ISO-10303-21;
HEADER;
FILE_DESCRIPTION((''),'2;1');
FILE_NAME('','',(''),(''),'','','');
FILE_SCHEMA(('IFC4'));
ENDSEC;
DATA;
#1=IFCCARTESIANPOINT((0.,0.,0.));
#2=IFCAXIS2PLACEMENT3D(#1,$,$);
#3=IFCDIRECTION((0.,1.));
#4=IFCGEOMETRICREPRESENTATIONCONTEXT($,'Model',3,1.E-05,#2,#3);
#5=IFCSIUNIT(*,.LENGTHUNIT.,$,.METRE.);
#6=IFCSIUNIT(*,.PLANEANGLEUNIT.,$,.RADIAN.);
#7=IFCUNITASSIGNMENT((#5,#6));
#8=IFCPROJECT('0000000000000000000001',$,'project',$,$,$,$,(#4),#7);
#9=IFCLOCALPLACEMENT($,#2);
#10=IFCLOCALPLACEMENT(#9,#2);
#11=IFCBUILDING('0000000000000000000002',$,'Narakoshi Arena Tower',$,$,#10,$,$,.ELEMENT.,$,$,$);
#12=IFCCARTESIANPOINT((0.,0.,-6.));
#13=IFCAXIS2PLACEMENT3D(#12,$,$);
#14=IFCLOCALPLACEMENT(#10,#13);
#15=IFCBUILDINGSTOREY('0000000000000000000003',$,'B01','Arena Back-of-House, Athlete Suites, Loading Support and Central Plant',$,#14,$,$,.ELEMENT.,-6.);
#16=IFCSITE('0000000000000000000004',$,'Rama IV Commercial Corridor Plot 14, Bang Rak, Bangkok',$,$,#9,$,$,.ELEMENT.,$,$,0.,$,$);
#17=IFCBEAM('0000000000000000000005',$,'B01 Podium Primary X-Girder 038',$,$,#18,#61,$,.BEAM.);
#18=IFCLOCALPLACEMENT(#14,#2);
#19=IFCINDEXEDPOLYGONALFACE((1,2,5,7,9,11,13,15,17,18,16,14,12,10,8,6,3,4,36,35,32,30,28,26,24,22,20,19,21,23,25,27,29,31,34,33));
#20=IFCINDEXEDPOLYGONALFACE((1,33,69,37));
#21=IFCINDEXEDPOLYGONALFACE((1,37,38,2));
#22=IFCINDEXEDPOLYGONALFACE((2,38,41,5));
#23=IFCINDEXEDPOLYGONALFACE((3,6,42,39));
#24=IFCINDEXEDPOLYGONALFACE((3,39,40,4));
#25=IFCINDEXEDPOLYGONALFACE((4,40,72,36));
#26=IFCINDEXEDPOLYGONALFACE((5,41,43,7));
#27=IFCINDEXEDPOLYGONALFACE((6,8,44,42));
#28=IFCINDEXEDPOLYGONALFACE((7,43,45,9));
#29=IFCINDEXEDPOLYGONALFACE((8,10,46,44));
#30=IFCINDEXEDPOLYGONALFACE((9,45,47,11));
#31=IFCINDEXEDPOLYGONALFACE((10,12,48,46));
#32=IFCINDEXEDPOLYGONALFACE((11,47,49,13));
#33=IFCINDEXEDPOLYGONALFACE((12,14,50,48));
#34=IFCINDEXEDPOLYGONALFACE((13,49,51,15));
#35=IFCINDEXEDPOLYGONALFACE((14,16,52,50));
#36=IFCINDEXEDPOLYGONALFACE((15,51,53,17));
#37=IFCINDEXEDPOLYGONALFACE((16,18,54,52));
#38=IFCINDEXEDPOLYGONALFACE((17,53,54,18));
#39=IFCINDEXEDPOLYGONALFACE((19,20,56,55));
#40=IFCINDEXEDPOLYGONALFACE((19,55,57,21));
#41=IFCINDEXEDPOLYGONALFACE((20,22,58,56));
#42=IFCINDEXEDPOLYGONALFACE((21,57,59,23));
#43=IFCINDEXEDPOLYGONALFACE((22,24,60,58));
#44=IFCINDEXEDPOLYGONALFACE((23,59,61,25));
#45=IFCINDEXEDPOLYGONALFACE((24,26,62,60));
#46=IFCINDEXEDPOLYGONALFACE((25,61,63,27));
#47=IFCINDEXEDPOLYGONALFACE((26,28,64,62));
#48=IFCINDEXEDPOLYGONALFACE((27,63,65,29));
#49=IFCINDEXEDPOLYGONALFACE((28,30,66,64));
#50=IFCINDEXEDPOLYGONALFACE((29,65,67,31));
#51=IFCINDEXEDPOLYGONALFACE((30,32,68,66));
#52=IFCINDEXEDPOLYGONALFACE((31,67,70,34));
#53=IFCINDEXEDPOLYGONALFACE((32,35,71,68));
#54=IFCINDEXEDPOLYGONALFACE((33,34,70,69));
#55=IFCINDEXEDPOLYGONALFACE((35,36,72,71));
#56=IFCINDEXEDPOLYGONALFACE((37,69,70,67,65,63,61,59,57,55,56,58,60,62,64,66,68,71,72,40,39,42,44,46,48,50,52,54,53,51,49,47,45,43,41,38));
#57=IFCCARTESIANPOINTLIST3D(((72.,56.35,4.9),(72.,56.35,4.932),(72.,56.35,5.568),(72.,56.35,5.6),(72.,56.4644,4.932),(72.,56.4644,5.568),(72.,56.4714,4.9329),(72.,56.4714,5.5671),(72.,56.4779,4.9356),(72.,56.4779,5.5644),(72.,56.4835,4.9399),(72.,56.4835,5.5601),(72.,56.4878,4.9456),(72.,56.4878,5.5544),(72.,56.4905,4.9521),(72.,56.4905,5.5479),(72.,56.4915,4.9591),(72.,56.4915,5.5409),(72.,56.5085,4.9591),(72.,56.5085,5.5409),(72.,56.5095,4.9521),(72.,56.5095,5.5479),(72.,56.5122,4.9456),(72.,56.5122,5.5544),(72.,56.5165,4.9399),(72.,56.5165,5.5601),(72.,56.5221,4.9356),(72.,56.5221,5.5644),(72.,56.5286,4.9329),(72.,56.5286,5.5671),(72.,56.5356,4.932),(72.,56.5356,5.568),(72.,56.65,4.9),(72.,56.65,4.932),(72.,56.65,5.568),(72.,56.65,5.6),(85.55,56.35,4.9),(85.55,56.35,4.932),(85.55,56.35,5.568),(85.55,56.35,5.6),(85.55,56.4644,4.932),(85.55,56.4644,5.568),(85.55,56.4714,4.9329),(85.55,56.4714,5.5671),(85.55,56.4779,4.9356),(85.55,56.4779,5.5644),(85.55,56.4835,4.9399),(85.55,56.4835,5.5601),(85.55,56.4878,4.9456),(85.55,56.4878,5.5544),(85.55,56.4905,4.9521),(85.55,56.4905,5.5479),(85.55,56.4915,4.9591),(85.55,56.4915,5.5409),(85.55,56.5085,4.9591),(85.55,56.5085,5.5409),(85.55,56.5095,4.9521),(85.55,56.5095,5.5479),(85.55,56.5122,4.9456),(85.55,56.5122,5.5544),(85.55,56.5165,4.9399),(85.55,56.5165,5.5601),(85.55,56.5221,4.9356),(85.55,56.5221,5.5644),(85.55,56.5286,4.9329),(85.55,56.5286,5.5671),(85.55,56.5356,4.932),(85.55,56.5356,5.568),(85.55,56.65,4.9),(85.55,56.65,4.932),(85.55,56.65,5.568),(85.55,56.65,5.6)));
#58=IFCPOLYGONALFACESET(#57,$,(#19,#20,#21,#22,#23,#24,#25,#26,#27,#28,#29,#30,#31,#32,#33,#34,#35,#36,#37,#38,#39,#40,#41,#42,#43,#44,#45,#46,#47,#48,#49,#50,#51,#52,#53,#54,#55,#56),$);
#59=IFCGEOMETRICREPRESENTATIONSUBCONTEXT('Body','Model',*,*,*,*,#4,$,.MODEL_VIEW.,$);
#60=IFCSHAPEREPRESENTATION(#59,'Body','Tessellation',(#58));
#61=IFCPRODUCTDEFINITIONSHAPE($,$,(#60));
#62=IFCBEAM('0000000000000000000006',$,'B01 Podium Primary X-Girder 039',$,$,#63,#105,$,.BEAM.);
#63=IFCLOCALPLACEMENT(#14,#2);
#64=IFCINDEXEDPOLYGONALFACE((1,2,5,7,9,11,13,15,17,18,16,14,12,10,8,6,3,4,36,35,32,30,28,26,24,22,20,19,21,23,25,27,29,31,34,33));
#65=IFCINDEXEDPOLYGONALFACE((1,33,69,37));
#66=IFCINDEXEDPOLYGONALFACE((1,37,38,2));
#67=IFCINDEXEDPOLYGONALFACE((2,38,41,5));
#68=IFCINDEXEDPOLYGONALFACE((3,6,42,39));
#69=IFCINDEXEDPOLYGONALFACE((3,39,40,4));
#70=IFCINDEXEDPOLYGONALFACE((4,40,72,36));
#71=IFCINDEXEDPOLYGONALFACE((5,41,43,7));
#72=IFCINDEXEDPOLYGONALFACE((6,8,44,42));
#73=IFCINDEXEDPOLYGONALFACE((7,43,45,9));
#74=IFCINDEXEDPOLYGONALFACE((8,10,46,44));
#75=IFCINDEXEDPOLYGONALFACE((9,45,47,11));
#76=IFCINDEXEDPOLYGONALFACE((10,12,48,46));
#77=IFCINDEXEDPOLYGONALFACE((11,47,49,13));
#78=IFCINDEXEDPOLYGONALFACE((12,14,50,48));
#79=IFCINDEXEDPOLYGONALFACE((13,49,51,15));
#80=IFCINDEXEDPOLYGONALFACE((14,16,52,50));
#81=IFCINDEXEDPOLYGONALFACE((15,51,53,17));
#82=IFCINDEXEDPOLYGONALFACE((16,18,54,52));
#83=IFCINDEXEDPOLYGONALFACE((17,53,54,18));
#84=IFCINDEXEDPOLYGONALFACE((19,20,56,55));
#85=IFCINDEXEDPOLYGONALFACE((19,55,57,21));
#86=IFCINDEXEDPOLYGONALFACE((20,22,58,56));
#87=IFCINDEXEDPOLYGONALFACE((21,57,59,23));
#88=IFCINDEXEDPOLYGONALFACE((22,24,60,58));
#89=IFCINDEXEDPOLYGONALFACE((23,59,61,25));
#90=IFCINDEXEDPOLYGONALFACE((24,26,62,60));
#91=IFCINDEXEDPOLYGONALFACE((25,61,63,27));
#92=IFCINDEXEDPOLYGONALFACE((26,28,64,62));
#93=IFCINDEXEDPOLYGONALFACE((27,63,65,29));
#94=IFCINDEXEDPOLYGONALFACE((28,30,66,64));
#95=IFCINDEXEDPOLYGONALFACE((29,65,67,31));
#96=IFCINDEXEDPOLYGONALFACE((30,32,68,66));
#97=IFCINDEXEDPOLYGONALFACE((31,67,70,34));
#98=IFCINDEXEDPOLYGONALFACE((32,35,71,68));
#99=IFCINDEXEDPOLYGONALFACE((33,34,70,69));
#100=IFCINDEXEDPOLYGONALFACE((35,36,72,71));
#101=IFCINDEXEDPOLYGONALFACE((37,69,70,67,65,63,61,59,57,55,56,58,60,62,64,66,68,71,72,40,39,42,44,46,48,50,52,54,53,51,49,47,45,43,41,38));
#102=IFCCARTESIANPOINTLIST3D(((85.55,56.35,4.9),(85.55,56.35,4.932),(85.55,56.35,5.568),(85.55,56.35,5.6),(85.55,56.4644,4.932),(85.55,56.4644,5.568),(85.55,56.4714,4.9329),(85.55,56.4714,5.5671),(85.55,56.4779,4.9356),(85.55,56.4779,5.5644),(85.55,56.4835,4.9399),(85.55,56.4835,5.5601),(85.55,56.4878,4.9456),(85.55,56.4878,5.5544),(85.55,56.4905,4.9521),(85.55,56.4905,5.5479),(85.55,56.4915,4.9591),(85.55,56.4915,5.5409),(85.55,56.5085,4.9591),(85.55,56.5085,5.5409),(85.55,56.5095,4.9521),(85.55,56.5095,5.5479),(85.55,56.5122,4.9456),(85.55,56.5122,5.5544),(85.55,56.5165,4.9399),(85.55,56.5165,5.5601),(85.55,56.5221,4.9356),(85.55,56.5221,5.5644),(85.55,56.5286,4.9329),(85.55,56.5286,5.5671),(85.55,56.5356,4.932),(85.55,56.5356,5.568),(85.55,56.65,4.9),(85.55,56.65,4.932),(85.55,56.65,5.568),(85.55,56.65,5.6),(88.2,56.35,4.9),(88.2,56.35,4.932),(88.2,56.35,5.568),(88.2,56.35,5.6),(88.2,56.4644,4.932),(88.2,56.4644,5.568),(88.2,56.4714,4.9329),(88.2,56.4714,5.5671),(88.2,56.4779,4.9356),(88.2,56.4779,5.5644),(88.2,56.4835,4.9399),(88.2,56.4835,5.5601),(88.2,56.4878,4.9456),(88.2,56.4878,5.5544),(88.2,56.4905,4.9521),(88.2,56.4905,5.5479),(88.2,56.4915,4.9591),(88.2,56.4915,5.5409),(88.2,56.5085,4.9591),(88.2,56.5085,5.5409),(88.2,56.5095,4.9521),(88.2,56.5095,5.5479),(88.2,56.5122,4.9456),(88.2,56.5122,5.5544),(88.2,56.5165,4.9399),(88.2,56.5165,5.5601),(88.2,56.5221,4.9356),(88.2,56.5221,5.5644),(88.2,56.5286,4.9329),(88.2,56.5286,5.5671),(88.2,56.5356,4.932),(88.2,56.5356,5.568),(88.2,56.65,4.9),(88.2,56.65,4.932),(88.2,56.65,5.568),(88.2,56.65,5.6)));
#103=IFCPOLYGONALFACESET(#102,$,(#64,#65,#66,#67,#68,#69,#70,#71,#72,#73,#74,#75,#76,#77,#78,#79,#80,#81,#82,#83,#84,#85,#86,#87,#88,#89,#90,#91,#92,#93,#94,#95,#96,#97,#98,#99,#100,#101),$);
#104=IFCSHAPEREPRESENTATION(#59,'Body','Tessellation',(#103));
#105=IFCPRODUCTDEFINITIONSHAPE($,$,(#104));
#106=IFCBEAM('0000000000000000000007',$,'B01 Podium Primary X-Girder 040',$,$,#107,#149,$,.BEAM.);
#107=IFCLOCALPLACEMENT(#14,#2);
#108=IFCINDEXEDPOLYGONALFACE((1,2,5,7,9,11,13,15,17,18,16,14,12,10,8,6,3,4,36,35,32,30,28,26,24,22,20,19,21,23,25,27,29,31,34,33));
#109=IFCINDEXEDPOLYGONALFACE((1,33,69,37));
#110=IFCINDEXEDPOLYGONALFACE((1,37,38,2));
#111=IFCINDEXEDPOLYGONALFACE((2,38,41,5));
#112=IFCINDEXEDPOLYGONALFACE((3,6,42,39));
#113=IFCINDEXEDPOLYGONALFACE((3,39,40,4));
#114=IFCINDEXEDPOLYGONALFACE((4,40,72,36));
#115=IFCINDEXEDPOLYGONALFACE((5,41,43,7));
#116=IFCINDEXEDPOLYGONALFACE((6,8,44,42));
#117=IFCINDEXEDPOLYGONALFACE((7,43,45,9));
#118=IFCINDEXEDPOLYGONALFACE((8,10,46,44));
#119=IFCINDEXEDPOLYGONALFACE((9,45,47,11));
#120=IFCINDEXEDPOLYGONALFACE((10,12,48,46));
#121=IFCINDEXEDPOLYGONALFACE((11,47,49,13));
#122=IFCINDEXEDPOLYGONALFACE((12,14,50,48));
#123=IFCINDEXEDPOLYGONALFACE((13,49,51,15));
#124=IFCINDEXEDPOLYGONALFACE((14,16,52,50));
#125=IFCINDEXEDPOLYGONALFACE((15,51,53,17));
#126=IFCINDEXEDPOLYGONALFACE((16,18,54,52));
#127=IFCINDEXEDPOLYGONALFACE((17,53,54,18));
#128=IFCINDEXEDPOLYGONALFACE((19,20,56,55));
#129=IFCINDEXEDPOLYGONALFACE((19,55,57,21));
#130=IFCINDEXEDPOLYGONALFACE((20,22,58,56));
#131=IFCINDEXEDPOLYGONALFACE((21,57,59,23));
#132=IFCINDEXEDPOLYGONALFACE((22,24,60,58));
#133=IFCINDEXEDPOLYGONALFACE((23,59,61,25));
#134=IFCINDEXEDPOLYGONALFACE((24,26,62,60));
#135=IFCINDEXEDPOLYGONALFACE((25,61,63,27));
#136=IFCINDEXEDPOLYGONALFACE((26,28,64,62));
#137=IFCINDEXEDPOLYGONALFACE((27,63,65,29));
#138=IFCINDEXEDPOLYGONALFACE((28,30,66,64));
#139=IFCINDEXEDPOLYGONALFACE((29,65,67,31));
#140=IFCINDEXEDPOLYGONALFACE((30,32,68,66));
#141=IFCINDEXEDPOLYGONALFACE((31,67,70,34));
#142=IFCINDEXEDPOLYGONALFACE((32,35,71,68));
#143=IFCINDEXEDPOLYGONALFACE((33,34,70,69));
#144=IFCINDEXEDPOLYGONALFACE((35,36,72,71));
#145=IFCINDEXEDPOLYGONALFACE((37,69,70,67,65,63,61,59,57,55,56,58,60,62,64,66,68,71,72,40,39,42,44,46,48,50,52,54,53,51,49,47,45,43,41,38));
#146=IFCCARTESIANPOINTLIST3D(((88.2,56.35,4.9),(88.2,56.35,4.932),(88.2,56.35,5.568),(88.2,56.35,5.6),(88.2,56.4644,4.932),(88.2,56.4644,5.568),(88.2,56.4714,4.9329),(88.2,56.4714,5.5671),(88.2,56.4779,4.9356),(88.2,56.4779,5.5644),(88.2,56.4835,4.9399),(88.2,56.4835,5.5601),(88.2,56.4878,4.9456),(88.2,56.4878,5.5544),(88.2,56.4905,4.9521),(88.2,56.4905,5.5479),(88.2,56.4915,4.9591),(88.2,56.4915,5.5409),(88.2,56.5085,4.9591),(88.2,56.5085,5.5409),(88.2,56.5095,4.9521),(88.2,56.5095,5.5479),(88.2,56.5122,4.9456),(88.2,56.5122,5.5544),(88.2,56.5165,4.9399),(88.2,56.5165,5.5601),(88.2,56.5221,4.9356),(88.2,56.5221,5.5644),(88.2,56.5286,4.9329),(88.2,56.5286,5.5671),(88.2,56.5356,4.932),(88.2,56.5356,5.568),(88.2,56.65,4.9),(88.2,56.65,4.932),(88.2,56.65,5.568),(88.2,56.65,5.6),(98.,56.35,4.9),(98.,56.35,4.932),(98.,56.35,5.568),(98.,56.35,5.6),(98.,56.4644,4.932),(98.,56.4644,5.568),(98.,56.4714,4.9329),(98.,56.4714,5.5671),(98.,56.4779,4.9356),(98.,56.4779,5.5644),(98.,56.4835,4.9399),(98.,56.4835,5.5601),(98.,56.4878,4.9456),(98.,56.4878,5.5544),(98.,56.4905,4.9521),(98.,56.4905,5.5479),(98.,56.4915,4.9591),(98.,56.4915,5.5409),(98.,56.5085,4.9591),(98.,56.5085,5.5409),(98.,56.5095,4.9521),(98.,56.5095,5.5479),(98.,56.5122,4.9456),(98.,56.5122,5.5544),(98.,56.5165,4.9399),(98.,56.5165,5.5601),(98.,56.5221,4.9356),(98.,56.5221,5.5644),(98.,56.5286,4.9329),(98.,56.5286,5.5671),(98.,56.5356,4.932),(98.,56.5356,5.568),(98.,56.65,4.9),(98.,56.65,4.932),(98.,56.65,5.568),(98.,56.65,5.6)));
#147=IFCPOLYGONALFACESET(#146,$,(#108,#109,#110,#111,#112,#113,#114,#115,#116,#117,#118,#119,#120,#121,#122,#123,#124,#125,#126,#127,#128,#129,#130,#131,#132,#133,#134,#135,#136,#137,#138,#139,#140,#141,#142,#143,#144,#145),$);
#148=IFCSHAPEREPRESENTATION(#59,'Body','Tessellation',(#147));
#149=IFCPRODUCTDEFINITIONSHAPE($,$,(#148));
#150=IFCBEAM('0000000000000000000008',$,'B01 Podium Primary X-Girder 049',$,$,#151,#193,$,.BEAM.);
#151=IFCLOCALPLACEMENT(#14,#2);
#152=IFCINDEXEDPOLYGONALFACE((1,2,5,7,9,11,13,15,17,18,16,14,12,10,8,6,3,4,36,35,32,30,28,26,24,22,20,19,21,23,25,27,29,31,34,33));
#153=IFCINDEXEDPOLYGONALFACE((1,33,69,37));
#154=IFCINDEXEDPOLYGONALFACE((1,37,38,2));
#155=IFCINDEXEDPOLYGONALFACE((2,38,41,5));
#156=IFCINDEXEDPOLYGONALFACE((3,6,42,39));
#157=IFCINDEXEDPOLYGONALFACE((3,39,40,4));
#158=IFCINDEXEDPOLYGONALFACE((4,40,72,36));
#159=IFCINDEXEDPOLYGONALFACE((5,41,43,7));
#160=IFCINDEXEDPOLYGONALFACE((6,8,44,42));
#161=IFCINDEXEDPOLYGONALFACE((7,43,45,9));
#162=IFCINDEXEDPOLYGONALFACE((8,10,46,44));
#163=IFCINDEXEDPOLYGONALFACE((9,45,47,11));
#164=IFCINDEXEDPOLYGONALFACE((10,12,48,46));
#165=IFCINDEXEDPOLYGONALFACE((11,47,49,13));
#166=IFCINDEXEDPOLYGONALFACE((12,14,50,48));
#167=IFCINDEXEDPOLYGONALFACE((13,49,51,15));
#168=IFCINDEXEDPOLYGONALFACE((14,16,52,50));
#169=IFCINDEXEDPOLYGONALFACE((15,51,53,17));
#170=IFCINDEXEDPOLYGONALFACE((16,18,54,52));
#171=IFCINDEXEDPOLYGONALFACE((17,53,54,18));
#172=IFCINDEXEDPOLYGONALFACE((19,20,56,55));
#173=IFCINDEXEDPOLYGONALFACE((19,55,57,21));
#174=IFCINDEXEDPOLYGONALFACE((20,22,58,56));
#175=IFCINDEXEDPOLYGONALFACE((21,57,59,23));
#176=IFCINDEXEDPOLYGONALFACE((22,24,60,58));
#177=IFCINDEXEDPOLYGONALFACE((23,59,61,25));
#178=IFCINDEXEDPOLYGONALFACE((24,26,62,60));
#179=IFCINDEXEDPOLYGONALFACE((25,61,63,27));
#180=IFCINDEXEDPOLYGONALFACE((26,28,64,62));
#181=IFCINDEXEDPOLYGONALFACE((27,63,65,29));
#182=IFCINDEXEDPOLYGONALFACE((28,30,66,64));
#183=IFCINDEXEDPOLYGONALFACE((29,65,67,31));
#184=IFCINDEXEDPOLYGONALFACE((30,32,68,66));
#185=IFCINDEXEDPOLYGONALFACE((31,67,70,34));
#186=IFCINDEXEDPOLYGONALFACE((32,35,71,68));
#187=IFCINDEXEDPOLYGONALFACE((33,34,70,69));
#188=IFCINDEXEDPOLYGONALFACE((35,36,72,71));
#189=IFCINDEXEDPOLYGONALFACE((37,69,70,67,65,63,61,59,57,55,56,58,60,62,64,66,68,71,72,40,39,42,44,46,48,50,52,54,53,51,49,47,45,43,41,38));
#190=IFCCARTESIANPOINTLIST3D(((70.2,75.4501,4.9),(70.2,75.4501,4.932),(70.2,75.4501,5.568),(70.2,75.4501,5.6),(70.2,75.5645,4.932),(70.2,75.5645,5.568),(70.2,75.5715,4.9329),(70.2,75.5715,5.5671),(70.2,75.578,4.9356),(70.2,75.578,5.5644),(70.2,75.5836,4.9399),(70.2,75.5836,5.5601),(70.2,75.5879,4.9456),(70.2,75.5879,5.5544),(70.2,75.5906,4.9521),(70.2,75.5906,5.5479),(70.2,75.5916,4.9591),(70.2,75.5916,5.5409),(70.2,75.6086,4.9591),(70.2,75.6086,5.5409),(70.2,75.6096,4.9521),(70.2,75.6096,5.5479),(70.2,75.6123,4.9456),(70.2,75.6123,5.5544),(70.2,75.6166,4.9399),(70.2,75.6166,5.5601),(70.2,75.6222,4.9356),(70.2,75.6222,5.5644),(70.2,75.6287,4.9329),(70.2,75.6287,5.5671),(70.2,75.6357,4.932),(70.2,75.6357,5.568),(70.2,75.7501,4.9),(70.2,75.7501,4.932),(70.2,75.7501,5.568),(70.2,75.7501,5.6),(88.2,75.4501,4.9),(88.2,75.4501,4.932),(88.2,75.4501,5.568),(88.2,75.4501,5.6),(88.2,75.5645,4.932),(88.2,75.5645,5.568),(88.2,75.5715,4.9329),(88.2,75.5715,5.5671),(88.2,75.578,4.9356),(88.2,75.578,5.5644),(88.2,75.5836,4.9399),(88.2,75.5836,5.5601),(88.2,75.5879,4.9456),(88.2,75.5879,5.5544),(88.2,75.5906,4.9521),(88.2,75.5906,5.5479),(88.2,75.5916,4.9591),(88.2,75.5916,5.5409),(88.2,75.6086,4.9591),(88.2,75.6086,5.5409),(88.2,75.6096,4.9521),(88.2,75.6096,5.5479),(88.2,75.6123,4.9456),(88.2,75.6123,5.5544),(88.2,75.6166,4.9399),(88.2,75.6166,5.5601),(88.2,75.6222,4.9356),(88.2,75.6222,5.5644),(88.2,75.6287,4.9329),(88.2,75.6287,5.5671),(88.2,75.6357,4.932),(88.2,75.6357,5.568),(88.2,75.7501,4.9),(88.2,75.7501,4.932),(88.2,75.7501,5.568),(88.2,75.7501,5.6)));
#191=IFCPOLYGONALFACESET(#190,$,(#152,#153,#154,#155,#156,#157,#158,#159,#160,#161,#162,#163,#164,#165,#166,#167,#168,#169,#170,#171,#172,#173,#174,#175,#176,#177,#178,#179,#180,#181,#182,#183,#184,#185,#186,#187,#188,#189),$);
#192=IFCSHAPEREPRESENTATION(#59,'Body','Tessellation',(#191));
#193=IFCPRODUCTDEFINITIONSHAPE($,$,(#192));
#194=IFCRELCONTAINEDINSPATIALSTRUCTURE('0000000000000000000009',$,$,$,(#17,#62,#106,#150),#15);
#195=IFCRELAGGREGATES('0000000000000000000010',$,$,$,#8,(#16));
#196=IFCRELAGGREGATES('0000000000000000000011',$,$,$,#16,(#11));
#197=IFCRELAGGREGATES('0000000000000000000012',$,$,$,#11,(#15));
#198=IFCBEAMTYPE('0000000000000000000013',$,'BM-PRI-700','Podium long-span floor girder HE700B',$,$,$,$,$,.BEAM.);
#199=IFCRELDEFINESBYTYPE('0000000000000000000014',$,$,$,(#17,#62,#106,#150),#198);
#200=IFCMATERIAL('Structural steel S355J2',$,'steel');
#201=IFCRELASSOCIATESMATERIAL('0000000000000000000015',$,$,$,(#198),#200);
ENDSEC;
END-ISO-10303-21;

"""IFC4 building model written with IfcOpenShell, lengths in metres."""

from ifc_helpers import new_model, si_unit, direction, frame, origin, origin_2d, place, context, subcontext, project, spatial, i_section, extrude, material, material_profile, profile_set, type_object, element, save


model = new_model("IFC4")

# Units and contexts
model_context = context("Model", 3, precision=1e-05, world=origin(), true_north=direction((0.0, 1.0)))
body_context = subcontext(model_context, "Body", "Model", "MODEL_VIEW")
ifc_project = project(units=[si_unit("LENGTHUNIT", "METRE"), si_unit("PLANEANGLEUNIT", "RADIAN")], contexts=[model_context])

# Site, building, storey
site_placement = place(None, origin())
site = spatial("IfcSite", under=ifc_project, at=site_placement, Name="Rama IV Commercial Corridor Plot 14, Bang Rak, Bangkok", CompositionType="ELEMENT", RefElevation=0.0)
building_placement = place(site_placement, origin())
building = spatial("IfcBuilding", under=site, at=building_placement, Name="Narakoshi Arena Tower", CompositionType="ELEMENT")
storey_placement = place(building_placement, frame((0.0, 0.0, -6.0)))
storey = spatial("IfcBuildingStorey", under=building, at=storey_placement, Name="B01", Description="Arena Back-of-House, Athlete Suites, Loading Support and Central Plant", CompositionType="ELEMENT", Elevation=-6.0)

# Beams
ifc_material_1 = material(Name="Structural steel S355J2", Category="steel")
ifc_material_profile_1 = material_profile(ifc_material_1, i_section(OverallWidth=0.3, OverallDepth=0.7, WebThickness=0.0171, FlangeThickness=0.032, FilletRadius=0.0271, at=origin_2d()), Name="HE700B")
ifc_profile_set_1 = profile_set([ifc_material_profile_1], Name="Structural steel S355J2")
beam_type_1 = type_object("IfcBeamType", Name="BM-PRI-700", Description="Podium long-span floor girder HE700B", PredefinedType="BEAM", material=ifc_profile_set_1)
beam_1_placement = place(storey_placement, frame((72.0, 56.5, 5.25), z_axis=(1.0, 0.0, 0.0), x_axis=(0.0, 1.0, 0.0)))
element("IfcBeam", 1, at=beam_1_placement, inside=storey, type_object=beam_type_1, Name="B01 Podium Primary X-Girder 038", PredefinedType="BEAM", context=body_context, shape_type="SweptSolid", body=[
    extrude(i_section(OverallWidth=0.3, OverallDepth=0.7, WebThickness=0.0171, FlangeThickness=0.032, FilletRadius=0.0271, at=origin_2d()), origin(), (0.0, 0.0, 1.0), 13.55),
])
beam_2_placement = place(storey_placement, frame((85.55, 56.5, 5.25), z_axis=(1.0, 0.0, 0.0), x_axis=(0.0, 1.0, 0.0)))
element("IfcBeam", 2, at=beam_2_placement, inside=storey, type_object=beam_type_1, Name="B01 Podium Primary X-Girder 039", PredefinedType="BEAM", context=body_context, shape_type="SweptSolid", body=[
    extrude(i_section(OverallWidth=0.3, OverallDepth=0.7, WebThickness=0.0171, FlangeThickness=0.032, FilletRadius=0.0271, at=origin_2d()), origin(), (0.0, 0.0, 1.0), 2.6499),
])
beam_3_placement = place(storey_placement, frame((88.2, 56.5, 5.25), z_axis=(1.0, 0.0, 0.0), x_axis=(0.0, 1.0, 0.0)))
element("IfcBeam", 3, at=beam_3_placement, inside=storey, type_object=beam_type_1, Name="B01 Podium Primary X-Girder 040", PredefinedType="BEAM", context=body_context, shape_type="SweptSolid", body=[
    extrude(i_section(OverallWidth=0.3, OverallDepth=0.7, WebThickness=0.0171, FlangeThickness=0.032, FilletRadius=0.0271, at=origin_2d()), origin(), (0.0, 0.0, 1.0), 9.8),
])
beam_4_placement = place(storey_placement, frame((70.2, 75.6001, 5.25), z_axis=(1.0, 0.0, 0.0), x_axis=(0.0, 1.0, 0.0)))
element("IfcBeam", 4, at=beam_4_placement, inside=storey, type_object=beam_type_1, Name="B01 Podium Primary X-Girder 049", PredefinedType="BEAM", context=body_context, shape_type="SweptSolid", body=[
    extrude(i_section(OverallWidth=0.3, OverallDepth=0.7, WebThickness=0.0171, FlangeThickness=0.032, FilletRadius=0.0271, at=origin_2d()), origin(), (0.0, 0.0, 1.0), 18.0),
])

save(model, "model.ifc")
